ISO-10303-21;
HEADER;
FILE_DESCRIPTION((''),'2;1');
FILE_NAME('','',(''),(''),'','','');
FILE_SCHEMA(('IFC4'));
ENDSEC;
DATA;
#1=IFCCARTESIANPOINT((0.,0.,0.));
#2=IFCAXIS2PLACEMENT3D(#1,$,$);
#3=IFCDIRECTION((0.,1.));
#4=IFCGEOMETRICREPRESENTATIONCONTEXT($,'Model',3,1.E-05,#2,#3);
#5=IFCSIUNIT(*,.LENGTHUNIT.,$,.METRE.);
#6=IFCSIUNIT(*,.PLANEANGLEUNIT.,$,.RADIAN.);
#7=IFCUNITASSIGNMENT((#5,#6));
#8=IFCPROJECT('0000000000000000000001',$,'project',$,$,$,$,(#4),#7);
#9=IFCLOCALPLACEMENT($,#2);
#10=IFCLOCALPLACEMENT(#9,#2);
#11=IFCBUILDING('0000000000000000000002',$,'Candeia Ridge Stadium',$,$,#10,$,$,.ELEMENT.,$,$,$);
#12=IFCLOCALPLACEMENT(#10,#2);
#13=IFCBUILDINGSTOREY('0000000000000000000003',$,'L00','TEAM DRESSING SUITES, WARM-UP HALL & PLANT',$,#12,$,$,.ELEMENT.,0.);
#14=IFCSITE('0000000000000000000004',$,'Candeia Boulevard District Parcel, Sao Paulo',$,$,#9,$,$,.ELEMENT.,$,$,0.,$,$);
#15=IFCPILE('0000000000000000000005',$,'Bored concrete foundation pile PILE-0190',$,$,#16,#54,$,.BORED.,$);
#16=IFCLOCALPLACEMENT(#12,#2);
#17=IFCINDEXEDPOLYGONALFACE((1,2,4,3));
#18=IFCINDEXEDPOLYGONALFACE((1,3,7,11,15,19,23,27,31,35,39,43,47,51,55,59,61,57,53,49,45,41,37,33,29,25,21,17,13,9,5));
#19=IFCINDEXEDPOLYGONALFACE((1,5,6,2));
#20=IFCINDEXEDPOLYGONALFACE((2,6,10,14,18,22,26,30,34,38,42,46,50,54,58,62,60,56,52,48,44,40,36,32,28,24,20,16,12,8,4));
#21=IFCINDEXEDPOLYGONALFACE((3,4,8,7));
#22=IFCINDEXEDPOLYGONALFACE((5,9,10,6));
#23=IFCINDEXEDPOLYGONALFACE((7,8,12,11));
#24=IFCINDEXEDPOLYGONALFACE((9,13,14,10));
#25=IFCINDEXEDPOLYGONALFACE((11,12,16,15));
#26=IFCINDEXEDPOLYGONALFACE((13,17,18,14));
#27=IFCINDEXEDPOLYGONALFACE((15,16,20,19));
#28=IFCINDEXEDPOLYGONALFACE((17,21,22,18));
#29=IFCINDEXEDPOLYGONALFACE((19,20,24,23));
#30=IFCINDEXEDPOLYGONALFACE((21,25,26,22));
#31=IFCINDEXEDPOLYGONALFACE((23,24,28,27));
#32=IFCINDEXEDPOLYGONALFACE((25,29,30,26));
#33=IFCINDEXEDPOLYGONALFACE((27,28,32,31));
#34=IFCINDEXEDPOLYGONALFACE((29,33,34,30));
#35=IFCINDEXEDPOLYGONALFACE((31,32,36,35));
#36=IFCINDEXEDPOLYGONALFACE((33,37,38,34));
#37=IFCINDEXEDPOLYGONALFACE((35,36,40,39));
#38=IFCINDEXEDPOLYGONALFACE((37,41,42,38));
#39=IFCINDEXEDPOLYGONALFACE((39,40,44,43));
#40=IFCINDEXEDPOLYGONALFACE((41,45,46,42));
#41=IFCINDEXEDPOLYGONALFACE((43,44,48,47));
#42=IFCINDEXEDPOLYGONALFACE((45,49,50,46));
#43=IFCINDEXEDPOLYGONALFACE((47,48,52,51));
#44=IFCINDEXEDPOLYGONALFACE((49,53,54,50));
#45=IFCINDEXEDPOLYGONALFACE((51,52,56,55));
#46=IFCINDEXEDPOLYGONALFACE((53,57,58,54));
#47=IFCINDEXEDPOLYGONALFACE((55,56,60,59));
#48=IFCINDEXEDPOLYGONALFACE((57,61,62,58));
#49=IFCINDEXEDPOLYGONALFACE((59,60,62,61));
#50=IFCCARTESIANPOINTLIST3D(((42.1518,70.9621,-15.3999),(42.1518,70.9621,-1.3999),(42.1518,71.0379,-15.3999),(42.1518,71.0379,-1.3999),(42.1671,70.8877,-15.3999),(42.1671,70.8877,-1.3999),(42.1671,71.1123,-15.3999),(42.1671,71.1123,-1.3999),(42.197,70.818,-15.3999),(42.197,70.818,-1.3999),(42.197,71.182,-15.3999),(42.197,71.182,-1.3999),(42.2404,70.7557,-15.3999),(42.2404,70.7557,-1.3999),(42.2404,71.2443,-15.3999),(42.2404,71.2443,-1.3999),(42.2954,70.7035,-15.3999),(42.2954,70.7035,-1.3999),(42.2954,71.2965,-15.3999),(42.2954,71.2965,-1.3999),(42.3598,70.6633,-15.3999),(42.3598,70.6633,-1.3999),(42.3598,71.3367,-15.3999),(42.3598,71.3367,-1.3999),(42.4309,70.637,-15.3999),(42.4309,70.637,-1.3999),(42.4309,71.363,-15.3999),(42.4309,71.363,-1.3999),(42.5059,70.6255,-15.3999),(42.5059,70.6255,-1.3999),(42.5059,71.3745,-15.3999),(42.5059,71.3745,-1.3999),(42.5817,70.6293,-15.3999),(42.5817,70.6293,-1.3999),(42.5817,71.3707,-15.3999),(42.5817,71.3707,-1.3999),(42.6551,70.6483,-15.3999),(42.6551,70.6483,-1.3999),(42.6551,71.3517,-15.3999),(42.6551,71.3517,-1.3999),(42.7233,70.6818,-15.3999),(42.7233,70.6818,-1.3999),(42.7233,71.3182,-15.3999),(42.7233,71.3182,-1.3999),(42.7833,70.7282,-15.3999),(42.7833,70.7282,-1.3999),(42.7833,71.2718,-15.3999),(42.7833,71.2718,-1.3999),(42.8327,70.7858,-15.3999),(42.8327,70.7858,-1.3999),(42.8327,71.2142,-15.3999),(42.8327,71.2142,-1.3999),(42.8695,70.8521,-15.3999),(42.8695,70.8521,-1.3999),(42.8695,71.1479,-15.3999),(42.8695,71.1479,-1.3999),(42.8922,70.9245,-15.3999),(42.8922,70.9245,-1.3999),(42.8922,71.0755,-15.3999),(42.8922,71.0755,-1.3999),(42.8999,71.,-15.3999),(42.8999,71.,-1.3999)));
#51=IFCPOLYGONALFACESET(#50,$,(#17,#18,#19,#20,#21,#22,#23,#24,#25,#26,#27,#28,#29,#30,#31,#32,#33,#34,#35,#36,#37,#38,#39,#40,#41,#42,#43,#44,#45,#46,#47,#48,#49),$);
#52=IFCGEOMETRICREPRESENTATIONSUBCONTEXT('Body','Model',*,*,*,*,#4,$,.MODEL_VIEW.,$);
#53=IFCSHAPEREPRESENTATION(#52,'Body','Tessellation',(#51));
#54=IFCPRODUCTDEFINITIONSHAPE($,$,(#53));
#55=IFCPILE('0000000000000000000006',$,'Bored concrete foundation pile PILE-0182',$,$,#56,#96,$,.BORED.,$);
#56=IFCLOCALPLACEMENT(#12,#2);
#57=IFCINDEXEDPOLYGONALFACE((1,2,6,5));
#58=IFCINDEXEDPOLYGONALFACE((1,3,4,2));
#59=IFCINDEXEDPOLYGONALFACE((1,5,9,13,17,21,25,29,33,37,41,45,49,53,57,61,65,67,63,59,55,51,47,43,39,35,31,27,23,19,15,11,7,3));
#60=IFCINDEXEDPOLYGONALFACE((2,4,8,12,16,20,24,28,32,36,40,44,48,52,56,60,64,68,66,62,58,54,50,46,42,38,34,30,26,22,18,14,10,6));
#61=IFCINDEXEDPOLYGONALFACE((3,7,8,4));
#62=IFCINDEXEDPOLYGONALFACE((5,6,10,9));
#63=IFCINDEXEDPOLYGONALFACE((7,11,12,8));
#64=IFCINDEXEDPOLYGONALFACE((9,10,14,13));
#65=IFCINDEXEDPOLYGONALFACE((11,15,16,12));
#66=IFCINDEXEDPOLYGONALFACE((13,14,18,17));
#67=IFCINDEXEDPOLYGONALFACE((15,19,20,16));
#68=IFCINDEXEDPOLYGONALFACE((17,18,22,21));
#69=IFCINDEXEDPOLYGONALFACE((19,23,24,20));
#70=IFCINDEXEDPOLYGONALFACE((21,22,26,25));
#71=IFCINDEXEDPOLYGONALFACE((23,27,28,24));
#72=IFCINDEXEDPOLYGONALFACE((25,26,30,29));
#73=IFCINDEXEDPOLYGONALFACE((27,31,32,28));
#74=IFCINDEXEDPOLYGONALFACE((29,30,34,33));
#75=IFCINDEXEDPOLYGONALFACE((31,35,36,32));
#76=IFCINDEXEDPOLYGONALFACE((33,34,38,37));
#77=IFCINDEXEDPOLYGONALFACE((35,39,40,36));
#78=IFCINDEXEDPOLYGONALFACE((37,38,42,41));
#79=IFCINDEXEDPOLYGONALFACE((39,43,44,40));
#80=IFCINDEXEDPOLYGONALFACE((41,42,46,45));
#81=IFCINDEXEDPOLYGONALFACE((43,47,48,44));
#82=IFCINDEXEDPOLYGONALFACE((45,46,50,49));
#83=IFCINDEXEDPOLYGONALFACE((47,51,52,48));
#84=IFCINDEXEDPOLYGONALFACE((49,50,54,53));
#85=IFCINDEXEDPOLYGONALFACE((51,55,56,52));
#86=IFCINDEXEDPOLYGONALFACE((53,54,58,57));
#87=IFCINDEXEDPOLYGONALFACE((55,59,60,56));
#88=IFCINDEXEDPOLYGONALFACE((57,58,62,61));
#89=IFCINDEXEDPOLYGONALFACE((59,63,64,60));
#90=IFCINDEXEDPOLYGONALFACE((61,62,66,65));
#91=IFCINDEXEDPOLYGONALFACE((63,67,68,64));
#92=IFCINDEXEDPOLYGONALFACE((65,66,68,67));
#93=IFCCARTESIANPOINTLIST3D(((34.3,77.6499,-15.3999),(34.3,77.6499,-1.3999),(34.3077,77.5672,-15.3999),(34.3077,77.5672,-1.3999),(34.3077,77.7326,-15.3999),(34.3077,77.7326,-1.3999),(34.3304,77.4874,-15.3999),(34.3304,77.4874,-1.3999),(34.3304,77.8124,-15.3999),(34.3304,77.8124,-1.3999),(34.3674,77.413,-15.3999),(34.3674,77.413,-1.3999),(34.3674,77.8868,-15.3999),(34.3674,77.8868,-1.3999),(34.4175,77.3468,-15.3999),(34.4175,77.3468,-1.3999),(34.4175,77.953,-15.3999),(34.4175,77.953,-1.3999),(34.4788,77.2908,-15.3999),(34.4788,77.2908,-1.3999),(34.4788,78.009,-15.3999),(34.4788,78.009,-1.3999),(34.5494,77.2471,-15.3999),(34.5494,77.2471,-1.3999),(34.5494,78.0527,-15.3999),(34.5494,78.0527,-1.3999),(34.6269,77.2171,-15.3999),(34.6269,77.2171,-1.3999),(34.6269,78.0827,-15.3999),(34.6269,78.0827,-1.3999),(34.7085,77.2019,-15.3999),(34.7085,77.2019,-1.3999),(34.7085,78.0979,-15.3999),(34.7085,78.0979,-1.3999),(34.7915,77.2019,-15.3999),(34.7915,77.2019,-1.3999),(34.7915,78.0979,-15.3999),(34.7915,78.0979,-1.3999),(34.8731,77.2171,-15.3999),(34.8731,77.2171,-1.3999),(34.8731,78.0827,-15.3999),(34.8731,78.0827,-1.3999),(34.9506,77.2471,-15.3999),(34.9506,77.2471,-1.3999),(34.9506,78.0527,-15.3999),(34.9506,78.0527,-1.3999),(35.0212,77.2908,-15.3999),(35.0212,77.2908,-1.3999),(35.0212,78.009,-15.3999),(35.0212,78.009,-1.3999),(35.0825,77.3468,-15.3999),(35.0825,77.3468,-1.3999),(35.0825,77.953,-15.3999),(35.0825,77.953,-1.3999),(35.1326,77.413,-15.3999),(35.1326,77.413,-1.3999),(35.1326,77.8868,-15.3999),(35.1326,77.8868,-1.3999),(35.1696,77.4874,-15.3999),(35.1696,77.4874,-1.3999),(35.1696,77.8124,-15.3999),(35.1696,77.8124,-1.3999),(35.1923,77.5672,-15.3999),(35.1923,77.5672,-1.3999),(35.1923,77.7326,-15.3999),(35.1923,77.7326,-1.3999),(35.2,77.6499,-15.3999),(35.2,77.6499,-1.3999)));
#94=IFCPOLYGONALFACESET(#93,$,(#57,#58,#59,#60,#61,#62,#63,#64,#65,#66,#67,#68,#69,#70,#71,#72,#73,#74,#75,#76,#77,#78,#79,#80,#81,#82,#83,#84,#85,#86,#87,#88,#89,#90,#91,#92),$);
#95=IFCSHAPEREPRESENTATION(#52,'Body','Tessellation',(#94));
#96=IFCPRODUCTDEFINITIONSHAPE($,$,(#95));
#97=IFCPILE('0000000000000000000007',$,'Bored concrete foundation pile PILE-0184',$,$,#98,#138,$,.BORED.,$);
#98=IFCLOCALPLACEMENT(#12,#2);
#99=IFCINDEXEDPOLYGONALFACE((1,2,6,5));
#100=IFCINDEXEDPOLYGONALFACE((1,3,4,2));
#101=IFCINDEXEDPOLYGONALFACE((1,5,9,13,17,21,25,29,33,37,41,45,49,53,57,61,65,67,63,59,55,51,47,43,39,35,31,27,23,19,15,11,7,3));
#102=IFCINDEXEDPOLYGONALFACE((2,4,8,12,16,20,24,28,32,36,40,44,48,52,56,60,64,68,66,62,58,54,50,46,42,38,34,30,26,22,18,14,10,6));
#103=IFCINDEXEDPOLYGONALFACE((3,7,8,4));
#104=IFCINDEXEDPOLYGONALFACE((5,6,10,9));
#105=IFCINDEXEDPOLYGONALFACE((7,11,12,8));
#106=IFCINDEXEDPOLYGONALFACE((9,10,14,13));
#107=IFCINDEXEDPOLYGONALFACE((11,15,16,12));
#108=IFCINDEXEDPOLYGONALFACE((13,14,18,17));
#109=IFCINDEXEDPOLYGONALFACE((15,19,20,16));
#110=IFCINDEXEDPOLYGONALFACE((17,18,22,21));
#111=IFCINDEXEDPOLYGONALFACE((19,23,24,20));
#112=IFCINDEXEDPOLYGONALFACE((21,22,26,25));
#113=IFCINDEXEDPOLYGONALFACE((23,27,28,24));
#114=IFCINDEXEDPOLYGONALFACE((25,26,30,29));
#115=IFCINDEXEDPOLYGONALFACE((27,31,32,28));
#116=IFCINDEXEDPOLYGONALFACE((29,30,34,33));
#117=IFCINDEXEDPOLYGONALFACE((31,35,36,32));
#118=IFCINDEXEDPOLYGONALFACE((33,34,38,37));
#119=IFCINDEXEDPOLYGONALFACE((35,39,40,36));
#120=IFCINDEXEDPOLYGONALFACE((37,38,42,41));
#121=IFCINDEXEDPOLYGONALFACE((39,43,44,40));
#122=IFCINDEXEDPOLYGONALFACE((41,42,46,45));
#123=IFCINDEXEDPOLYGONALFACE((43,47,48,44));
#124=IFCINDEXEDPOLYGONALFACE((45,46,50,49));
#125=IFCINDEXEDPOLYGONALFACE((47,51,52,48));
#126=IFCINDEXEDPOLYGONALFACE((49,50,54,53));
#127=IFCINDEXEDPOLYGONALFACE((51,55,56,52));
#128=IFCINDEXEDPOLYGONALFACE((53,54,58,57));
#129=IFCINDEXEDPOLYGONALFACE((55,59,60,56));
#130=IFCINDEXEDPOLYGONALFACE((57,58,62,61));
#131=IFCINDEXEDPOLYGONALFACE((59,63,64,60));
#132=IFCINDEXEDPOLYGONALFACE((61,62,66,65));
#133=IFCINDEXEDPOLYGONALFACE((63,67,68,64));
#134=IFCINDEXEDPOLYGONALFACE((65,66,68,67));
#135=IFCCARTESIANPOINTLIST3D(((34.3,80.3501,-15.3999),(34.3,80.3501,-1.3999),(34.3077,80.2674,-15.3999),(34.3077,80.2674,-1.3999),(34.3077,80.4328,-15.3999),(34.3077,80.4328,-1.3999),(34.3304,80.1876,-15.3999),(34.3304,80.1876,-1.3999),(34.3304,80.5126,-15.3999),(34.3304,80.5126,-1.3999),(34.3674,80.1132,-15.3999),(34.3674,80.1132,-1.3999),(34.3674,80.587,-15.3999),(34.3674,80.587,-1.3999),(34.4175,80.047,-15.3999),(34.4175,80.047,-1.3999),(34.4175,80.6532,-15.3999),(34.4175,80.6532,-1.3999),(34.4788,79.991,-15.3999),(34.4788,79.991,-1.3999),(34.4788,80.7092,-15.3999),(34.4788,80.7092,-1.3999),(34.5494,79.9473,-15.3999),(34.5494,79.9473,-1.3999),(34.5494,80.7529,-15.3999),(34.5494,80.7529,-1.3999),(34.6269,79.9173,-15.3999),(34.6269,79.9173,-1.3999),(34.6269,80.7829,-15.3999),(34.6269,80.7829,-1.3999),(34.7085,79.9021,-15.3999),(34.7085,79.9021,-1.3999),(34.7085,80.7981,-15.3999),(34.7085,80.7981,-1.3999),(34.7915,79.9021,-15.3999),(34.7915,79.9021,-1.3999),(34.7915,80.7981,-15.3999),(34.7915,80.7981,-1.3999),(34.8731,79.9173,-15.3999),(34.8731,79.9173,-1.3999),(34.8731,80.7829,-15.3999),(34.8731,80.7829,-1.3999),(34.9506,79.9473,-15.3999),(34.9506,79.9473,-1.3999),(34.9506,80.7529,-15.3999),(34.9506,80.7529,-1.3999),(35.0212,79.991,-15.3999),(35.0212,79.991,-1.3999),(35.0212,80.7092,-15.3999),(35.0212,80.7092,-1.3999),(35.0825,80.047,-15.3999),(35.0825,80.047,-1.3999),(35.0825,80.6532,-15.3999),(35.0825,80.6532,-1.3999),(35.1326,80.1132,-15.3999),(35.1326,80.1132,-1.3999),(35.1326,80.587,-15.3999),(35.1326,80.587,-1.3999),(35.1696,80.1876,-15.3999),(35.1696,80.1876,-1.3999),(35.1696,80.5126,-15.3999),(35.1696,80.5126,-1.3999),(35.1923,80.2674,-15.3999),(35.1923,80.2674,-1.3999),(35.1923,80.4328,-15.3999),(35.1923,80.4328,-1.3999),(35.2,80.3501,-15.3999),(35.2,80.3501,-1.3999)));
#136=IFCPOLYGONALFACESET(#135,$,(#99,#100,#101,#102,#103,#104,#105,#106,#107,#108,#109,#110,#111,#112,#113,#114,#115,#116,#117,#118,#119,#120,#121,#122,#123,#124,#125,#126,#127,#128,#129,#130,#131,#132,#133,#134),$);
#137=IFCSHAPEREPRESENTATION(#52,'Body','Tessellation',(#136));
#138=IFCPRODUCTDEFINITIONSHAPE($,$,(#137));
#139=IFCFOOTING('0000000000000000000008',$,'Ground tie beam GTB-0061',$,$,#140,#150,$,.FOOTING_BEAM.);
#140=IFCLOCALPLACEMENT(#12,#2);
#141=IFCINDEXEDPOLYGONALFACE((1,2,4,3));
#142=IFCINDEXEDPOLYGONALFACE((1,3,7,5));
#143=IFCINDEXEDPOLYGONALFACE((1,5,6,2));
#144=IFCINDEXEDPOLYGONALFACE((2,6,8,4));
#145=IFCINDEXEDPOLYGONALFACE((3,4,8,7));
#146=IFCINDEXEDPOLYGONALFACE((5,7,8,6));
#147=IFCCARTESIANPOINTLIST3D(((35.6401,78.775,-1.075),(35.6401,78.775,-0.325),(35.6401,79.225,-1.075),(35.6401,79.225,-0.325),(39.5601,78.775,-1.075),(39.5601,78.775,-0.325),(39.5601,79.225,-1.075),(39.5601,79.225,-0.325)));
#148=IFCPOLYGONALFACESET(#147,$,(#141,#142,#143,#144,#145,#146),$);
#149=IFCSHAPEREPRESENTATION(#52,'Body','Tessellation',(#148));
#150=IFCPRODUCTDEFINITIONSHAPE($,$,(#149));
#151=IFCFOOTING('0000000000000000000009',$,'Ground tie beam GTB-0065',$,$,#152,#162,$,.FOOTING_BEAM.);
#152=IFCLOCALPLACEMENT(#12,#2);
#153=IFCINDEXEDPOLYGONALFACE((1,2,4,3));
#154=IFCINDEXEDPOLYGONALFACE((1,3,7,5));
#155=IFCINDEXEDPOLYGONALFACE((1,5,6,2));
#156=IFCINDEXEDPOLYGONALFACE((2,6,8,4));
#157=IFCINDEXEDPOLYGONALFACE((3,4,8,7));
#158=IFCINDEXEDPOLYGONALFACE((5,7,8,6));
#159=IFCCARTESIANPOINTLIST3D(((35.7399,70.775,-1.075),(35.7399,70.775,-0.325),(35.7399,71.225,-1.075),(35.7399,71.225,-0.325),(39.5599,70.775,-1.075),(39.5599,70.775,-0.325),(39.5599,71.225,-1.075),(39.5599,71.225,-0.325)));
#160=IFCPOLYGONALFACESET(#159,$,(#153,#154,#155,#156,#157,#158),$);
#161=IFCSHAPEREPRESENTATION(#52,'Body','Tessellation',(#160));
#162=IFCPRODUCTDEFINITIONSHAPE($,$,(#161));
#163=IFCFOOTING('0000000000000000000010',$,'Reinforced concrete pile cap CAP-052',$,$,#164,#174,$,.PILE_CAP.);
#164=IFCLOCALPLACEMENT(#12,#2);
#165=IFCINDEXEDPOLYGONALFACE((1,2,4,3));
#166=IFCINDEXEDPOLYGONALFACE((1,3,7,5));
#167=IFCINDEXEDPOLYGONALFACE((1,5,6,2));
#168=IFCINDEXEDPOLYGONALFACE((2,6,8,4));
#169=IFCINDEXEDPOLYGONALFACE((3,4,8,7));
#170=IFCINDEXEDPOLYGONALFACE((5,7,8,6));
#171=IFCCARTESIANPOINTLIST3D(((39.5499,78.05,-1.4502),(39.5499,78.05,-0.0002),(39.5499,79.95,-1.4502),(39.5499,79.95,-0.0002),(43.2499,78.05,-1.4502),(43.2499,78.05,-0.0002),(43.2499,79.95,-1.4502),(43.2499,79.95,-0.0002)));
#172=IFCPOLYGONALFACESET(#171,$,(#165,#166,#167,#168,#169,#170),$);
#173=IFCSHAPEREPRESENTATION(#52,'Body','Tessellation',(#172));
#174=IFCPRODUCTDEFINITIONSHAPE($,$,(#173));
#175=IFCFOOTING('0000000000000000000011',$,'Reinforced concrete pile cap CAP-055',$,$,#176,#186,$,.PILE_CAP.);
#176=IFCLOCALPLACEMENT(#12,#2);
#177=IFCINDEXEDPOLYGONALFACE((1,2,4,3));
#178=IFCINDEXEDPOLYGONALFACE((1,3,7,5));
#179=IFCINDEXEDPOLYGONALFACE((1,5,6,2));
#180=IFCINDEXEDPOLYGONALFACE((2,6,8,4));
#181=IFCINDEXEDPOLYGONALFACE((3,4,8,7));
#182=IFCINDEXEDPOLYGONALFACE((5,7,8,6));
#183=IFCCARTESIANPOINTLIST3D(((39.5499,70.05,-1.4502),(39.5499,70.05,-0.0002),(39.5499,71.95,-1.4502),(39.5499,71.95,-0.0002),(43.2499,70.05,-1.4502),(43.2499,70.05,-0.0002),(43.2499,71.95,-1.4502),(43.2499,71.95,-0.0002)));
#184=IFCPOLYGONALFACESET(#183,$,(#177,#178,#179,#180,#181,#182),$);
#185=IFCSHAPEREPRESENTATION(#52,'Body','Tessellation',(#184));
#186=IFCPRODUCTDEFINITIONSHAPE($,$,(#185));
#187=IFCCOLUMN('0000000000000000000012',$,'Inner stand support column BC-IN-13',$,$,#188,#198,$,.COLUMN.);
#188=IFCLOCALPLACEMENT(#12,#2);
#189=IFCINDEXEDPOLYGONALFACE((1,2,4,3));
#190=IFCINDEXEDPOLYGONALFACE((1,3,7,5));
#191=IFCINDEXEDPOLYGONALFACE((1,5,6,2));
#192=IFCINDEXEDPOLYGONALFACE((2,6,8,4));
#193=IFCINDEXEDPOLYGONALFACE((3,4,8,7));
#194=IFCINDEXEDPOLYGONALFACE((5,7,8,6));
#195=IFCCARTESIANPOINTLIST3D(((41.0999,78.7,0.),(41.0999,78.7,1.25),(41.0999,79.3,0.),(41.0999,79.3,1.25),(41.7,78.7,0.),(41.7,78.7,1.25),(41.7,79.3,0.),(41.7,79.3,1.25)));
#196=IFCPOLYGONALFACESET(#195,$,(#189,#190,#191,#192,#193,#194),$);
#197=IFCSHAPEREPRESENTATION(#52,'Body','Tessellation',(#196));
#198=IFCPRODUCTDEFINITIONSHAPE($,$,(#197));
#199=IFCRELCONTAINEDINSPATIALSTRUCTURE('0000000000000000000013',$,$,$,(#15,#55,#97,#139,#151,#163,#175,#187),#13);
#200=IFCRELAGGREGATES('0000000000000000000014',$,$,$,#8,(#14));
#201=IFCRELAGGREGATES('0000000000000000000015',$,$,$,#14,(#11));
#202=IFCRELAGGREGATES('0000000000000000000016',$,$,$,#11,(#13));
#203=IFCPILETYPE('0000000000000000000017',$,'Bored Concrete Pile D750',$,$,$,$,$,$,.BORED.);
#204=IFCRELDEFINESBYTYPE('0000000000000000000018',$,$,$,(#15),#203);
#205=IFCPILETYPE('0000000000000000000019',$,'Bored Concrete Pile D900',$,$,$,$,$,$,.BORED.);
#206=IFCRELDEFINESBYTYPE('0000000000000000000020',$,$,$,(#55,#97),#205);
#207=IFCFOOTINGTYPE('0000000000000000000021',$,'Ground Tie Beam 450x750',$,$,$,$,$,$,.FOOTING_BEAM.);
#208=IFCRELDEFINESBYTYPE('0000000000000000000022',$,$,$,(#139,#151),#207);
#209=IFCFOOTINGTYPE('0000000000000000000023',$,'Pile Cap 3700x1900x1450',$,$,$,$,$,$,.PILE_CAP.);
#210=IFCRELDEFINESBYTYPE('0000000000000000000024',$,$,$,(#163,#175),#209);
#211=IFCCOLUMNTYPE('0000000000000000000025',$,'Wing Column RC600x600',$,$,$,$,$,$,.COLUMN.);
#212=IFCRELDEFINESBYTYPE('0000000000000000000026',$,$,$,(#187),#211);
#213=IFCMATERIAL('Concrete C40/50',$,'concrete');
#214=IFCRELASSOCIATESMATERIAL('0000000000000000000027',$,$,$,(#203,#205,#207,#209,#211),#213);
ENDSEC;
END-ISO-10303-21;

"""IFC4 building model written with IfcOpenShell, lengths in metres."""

from ifc_helpers import new_model, si_unit, direction, frame, origin, origin_2d, place, context, subcontext, project, spatial, rectangle, circle, extrude, material, material_profile, profile_set, type_object, element, save


model = new_model("IFC4")

# Units and contexts
model_context = context("Model", 3, precision=1e-05, world=origin(), true_north=direction((0.0, 1.0)))
body_context = subcontext(model_context, "Body", "Model", "MODEL_VIEW")
ifc_project = project(units=[si_unit("LENGTHUNIT", "METRE"), si_unit("PLANEANGLEUNIT", "RADIAN")], contexts=[model_context])

# Site, building, storey
site_placement = place(None, origin())
site = spatial("IfcSite", under=ifc_project, at=site_placement, Name="Candeia Boulevard District Parcel, Sao Paulo", CompositionType="ELEMENT", RefElevation=0.0)
building_placement = place(site_placement, origin())
building = spatial("IfcBuilding", under=site, at=building_placement, Name="Candeia Ridge Stadium", CompositionType="ELEMENT")
storey_placement = place(building_placement, origin())
storey = spatial("IfcBuildingStorey", under=building, at=storey_placement, Name="L00", Description="TEAM DRESSING SUITES, WARM-UP HALL & PLANT", CompositionType="ELEMENT", Elevation=0.0)

# Piles
ifc_material_1 = material(Name="Concrete C40/50", Category="concrete")
ifc_material_profile_1 = material_profile(ifc_material_1, circle(Radius=0.375, at=origin_2d()), Name="PILE-D750", Category="concrete")
ifc_profile_set_1 = profile_set([ifc_material_profile_1], Name="Concrete C40/50")
pile_type_1 = type_object("IfcPileType", Name="Bored Concrete Pile D750", PredefinedType="BORED", material=ifc_profile_set_1)
for number, where, z_axis, x_axis, name in (
    (1, (42.5249, 71.0, -1.3999), (0.0, 0.0, -1.0), (1.0, 0.0, 0.0), "Bored concrete foundation pile PILE-0190"),
):
    element("IfcPile", number, at=place(storey_placement, frame(where, z_axis=z_axis, x_axis=x_axis)), inside=storey, type_object=pile_type_1, Name=name, PredefinedType="BORED", context=body_context, shape_type="SweptSolid", body=[
        extrude(circle(Radius=0.375, at=origin_2d()), origin(), (0.0, 0.0, 1.0), 14.0),
    ])
ifc_material_profile_2 = material_profile(ifc_material_1, circle(Radius=0.45, at=origin_2d()), Name="PILE-D900", Category="concrete")
ifc_profile_set_2 = profile_set([ifc_material_profile_2], Name="Concrete C40/50")
pile_type_2 = type_object("IfcPileType", Name="Bored Concrete Pile D900", PredefinedType="BORED", material=ifc_profile_set_2)
for number, where, z_axis, x_axis, name in (
    (2, (34.75, 77.6499, -1.3999), (0.0, 0.0, -1.0), (1.0, 0.0, 0.0), "Bored concrete foundation pile PILE-0182"),
    (3, (34.75, 80.3501, -1.3999), (0.0, 0.0, -1.0), (1.0, 0.0, 0.0), "Bored concrete foundation pile PILE-0184"),
):
    element("IfcPile", number, at=place(storey_placement, frame(where, z_axis=z_axis, x_axis=x_axis)), inside=storey, type_object=pile_type_2, Name=name, PredefinedType="BORED", context=body_context, shape_type="SweptSolid", body=[
        extrude(circle(Radius=0.45, at=origin_2d()), origin(), (0.0, 0.0, 1.0), 14.0),
    ])

# Footings
footing_type_1 = type_object("IfcFootingType", Name="Ground Tie Beam 450x750", PredefinedType="FOOTING_BEAM", material=ifc_material_1)
footing_1_placement = place(storey_placement, frame((37.6001, 79.0, -1.075), z_axis=(0.0, 0.0, 1.0), x_axis=(-1.0, 0.0, 0.0)))
element("IfcFooting", 4, at=footing_1_placement, inside=storey, type_object=footing_type_1, Name="Ground tie beam GTB-0061", PredefinedType="FOOTING_BEAM", context=body_context, shape_type="SweptSolid", body=[
    extrude(rectangle(XDim=3.9199, YDim=0.45, at=origin_2d()), origin(), (0.0, 0.0, 1.0), 0.75),
])
footing_2_placement = place(storey_placement, frame((37.6499, 71.0, -1.075), z_axis=(0.0, 0.0, 1.0), x_axis=(-1.0, 0.0, 0.0)))
element("IfcFooting", 5, at=footing_2_placement, inside=storey, type_object=footing_type_1, Name="Ground tie beam GTB-0065", PredefinedType="FOOTING_BEAM", context=body_context, shape_type="SweptSolid", body=[
    extrude(rectangle(XDim=3.8201, YDim=0.45, at=origin_2d()), origin(), (0.0, 0.0, 1.0), 0.75),
])
footing_type_2 = type_object("IfcFootingType", Name="Pile Cap 3700x1900x1450", PredefinedType="PILE_CAP", material=ifc_material_1)
for number, where, z_axis, x_axis, name in (
    (6, (41.3999, 79.0, -1.4502), (0.0, 0.0, 1.0), (1.0, 0.0, 0.0), "Reinforced concrete pile cap CAP-052"),
    (7, (41.3999, 71.0, -1.4502), (0.0, 0.0, 1.0), (1.0, 0.0, 0.0), "Reinforced concrete pile cap CAP-055"),
):
    element("IfcFooting", number, at=place(storey_placement, frame(where, z_axis=z_axis, x_axis=x_axis)), inside=storey, type_object=footing_type_2, Name=name, PredefinedType="PILE_CAP", context=body_context, shape_type="SweptSolid", body=[
        extrude(rectangle(XDim=3.7, YDim=1.8999, at=origin_2d()), origin(), (0.0, 0.0, 1.0), 1.45),
    ])

# Column
ifc_material_profile_3 = material_profile(ifc_material_1, rectangle(XDim=0.6001, YDim=0.6001, at=origin_2d()), Name="RC600x600", Category="concrete")
ifc_profile_set_3 = profile_set([ifc_material_profile_3], Name="Concrete C40/50")
column_type = type_object("IfcColumnType", Name="Wing Column RC600x600", PredefinedType="COLUMN", material=ifc_profile_set_3)
for number, where, z_axis, x_axis, name in (
    (8, (41.3999, 79.0, 0.0), (0.0, 0.0, 1.0), (1.0, 0.0, 0.0), "Inner stand support column BC-IN-13"),
):
    element("IfcColumn", number, at=place(storey_placement, frame(where, z_axis=z_axis, x_axis=x_axis)), inside=storey, type_object=column_type, Name=name, PredefinedType="COLUMN", context=body_context, shape_type="SweptSolid", body=[
        extrude(rectangle(XDim=0.6001, YDim=0.6001, at=origin_2d()), origin(), (0.0, 0.0, 1.0), 1.25),
    ])

save(model, "model.ifc")
